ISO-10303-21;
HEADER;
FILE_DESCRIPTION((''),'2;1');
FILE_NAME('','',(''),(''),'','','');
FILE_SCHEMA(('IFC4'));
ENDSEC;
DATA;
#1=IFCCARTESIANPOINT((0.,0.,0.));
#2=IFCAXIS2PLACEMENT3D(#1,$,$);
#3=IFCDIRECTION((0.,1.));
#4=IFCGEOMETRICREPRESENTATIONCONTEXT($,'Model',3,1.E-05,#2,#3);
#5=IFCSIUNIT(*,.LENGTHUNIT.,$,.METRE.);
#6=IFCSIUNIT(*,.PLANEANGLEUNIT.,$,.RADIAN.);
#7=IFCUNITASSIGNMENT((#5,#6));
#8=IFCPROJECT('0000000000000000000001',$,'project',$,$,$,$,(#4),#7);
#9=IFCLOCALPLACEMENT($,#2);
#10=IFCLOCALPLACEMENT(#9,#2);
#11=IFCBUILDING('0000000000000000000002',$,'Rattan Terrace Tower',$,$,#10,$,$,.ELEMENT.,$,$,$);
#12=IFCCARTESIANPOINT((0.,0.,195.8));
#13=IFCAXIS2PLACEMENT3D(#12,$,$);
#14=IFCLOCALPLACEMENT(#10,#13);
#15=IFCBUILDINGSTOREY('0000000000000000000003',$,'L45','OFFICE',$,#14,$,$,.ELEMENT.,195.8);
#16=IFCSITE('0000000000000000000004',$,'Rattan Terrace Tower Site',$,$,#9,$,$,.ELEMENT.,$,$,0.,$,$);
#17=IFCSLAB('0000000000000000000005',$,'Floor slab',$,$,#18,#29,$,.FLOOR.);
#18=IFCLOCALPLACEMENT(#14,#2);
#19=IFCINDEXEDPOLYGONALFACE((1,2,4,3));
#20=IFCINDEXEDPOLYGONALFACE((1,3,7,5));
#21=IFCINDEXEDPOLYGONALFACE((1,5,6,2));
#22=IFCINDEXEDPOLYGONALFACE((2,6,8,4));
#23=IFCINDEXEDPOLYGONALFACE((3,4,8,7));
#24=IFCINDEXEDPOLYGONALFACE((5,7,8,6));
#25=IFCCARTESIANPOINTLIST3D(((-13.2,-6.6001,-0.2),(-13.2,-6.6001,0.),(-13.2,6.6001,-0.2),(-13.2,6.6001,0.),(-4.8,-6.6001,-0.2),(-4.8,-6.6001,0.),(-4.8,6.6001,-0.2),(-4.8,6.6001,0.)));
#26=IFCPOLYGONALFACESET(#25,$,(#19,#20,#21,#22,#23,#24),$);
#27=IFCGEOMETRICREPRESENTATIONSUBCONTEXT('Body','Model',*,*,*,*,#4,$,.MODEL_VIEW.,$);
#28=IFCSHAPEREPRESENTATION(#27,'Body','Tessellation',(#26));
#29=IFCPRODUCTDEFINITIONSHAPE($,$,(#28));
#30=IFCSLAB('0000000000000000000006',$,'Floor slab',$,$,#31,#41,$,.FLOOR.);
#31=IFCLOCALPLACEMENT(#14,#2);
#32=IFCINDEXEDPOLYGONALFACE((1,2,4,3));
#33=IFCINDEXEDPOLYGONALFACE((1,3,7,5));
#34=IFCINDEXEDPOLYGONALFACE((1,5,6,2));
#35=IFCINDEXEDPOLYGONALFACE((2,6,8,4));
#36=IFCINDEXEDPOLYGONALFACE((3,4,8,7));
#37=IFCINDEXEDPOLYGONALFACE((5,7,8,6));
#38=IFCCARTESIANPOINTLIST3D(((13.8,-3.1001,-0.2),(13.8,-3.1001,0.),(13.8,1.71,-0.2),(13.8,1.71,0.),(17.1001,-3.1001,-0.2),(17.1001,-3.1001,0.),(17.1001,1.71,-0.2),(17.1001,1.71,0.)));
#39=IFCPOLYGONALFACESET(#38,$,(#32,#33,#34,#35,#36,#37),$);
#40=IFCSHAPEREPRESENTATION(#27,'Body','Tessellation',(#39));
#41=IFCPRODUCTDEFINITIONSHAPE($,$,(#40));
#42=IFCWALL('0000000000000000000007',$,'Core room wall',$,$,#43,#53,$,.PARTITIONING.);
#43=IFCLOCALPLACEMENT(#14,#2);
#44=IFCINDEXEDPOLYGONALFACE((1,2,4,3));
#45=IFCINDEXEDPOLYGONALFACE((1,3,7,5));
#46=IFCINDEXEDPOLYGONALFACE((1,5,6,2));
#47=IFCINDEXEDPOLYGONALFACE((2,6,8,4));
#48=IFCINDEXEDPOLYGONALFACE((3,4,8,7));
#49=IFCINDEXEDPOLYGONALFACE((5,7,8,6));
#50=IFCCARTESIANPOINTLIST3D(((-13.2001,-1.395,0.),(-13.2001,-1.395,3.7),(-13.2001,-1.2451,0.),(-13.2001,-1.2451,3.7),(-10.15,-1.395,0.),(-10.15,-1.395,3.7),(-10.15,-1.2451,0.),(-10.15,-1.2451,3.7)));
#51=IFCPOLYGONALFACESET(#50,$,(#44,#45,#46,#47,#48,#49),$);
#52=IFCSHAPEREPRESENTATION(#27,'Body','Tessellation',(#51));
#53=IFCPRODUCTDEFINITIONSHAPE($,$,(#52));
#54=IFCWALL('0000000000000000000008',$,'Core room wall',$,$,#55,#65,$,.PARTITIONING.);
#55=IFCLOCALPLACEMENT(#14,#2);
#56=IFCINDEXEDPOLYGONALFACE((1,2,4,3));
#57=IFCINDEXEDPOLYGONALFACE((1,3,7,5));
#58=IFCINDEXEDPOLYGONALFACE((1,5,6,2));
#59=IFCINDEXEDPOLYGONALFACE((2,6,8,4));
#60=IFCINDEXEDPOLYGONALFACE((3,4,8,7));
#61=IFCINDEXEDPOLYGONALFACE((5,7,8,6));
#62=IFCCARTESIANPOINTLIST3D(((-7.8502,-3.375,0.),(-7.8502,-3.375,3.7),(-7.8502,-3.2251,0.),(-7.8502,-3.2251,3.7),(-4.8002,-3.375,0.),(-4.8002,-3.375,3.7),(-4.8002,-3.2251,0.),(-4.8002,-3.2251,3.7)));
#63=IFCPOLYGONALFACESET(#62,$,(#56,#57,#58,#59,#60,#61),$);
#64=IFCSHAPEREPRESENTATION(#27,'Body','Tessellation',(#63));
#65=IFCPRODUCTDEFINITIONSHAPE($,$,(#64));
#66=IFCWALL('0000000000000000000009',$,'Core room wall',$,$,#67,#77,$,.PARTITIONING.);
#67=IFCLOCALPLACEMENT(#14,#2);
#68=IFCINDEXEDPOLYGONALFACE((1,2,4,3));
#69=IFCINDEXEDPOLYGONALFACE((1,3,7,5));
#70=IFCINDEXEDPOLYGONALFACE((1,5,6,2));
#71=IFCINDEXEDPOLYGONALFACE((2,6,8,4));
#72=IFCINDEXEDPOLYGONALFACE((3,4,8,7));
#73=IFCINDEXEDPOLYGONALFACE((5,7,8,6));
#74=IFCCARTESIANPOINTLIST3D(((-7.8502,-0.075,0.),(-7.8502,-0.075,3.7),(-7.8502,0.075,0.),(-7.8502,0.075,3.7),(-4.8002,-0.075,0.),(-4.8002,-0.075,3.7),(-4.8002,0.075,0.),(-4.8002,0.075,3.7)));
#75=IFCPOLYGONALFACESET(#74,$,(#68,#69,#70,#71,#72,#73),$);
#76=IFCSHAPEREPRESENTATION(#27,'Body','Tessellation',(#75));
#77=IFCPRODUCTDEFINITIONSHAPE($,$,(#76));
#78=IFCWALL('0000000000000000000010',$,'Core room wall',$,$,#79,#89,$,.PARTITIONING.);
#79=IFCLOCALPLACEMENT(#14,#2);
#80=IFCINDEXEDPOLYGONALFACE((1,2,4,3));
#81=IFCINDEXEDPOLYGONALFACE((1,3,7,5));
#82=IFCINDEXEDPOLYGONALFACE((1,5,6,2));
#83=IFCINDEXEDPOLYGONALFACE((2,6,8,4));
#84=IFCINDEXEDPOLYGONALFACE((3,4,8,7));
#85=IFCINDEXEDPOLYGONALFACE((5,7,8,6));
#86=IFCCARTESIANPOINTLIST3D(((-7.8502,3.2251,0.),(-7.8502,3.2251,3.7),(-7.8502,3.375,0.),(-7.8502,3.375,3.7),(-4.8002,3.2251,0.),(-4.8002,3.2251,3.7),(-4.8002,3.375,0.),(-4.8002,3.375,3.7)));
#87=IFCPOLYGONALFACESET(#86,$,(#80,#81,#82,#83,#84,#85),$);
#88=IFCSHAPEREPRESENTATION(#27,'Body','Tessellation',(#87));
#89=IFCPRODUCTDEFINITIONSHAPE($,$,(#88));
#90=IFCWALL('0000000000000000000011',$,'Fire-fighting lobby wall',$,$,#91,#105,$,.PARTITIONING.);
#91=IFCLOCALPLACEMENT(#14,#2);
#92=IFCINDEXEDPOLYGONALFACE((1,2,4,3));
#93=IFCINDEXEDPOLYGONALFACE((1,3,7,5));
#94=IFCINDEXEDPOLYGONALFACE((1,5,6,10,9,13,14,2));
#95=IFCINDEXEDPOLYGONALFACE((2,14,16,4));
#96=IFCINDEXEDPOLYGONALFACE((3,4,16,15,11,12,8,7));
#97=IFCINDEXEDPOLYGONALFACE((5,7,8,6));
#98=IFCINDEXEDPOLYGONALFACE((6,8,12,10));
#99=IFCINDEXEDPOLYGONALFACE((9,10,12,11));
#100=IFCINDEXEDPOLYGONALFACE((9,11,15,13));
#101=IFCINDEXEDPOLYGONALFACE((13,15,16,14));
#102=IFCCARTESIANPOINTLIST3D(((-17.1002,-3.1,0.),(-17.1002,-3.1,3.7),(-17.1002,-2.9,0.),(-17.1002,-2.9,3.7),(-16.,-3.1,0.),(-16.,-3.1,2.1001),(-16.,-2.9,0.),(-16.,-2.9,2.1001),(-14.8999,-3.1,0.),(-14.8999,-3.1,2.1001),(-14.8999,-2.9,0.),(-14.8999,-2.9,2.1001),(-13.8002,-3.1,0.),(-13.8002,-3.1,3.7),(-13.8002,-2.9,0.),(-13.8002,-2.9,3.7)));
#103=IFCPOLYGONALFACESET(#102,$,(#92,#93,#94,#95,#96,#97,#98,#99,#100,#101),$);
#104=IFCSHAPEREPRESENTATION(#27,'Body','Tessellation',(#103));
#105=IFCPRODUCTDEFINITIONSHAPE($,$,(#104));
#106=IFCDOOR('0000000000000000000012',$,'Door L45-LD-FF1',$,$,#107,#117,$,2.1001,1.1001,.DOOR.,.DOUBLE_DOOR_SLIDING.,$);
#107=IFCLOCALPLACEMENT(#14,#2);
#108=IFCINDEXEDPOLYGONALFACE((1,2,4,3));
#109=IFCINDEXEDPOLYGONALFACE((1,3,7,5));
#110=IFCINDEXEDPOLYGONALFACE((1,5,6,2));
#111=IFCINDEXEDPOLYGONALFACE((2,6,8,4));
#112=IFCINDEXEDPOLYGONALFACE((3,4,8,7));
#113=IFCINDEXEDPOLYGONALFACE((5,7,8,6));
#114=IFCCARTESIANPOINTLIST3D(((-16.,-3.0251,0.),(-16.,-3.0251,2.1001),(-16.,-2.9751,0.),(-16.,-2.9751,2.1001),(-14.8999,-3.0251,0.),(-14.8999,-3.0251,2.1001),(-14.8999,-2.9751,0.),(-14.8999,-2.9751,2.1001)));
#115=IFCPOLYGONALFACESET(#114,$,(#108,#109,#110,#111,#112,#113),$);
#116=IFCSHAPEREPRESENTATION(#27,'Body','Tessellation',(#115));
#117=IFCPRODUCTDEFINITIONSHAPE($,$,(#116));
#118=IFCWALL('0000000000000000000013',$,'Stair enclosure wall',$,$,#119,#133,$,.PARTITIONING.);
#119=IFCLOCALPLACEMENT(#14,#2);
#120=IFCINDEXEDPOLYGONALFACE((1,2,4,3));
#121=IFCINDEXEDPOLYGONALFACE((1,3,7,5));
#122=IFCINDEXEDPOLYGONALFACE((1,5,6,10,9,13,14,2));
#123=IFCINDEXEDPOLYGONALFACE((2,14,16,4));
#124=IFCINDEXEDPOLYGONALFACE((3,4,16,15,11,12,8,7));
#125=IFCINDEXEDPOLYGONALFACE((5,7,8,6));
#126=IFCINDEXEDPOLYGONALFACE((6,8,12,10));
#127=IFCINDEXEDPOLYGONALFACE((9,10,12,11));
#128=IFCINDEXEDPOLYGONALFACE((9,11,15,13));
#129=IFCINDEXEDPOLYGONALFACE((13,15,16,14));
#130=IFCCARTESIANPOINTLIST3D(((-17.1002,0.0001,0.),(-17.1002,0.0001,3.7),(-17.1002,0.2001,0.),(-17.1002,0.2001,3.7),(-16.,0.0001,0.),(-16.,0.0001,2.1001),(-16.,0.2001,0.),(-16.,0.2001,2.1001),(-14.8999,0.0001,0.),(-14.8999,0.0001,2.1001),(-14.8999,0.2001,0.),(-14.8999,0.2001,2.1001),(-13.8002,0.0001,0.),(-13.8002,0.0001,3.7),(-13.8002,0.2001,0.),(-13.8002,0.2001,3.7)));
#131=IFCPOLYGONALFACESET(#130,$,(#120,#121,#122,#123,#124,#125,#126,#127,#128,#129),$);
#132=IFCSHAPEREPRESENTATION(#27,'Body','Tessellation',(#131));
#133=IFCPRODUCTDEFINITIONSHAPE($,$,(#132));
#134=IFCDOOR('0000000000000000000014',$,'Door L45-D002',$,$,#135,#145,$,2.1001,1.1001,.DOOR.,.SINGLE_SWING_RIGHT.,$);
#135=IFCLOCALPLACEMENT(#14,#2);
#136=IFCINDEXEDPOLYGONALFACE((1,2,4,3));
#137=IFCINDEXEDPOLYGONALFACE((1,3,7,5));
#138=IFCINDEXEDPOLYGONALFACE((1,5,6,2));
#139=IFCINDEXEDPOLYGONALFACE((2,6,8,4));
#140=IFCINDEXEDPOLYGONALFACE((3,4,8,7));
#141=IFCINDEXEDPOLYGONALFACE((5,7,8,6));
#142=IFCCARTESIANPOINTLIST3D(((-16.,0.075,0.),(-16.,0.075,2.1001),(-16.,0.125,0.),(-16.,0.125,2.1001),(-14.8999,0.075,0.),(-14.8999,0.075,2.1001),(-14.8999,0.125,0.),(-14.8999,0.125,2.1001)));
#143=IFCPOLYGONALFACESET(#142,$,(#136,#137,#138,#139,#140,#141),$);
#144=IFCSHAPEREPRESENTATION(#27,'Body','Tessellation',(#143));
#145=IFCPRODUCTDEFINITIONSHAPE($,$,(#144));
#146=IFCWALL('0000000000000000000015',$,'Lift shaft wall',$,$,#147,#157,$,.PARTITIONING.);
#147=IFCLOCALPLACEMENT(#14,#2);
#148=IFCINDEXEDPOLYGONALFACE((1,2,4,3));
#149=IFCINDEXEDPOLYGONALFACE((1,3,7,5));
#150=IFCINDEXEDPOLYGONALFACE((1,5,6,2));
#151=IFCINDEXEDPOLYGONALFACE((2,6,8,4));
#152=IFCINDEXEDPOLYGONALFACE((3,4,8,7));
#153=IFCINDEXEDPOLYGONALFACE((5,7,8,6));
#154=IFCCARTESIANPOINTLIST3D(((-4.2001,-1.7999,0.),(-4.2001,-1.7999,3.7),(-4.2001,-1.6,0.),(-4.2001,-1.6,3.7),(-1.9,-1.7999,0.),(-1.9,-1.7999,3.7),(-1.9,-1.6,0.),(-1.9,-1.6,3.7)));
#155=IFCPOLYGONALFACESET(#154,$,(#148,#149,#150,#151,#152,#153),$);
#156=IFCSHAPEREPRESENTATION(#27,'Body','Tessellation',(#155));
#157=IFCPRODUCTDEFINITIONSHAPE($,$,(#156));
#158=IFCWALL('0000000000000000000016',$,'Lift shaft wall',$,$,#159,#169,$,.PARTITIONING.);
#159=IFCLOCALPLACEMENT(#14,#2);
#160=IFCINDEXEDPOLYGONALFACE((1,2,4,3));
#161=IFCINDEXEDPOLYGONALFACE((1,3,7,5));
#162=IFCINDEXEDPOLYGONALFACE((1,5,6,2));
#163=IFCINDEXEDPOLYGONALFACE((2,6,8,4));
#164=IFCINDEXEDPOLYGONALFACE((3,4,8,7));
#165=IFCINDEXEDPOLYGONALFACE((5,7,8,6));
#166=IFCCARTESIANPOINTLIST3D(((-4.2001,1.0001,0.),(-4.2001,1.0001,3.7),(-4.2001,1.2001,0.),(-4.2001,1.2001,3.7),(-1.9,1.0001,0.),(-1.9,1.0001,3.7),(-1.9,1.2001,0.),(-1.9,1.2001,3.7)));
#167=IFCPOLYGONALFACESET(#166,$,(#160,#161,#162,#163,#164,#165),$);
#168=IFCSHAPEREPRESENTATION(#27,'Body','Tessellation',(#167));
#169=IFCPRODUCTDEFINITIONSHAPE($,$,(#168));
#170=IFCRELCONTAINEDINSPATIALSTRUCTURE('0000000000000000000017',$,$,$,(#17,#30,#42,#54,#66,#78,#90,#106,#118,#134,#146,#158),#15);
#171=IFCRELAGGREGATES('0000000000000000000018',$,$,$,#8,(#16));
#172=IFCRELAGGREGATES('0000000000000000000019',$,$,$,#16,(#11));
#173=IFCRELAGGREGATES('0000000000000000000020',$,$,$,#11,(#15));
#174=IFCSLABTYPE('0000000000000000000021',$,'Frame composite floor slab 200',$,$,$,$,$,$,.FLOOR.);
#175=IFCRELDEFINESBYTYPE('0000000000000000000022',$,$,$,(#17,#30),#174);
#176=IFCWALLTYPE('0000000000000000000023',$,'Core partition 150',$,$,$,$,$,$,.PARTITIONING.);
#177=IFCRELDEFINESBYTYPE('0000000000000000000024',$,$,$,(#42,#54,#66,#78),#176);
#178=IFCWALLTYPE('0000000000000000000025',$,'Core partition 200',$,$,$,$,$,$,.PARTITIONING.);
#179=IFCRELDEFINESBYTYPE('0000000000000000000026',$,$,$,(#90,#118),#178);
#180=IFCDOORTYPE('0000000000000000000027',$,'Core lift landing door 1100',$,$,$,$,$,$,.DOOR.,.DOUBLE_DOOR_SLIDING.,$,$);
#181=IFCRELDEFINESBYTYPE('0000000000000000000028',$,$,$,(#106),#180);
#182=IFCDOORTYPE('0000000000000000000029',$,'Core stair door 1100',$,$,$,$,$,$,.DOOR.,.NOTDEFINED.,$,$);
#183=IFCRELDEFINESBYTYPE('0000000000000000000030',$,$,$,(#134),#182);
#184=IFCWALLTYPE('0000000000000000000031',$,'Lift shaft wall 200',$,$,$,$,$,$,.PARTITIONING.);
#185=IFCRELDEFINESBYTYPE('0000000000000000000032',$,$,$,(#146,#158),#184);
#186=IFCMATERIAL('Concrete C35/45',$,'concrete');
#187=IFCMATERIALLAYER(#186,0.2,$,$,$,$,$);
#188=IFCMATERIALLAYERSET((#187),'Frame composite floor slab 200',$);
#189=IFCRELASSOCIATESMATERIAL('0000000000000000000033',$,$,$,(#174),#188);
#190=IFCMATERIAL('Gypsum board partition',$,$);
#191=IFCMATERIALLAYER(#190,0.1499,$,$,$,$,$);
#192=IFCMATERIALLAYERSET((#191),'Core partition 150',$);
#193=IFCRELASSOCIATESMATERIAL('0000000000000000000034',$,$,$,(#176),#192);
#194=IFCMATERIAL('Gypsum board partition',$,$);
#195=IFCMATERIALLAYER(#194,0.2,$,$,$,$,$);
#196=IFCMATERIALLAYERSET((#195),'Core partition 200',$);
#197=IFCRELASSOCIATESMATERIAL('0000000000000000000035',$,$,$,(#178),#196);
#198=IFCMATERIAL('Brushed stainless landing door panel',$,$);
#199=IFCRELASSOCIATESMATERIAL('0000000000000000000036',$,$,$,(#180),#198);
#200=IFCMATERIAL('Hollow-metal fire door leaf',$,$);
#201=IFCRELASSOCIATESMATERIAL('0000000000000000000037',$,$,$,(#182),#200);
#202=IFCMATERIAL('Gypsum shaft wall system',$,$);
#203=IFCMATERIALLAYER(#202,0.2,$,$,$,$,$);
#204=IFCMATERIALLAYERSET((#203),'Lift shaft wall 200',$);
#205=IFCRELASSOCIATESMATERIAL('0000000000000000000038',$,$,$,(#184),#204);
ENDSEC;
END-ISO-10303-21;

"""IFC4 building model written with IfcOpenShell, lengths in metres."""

from ifc_helpers import new_model, si_unit, direction, frame, frame_2d, origin, place, context, subcontext, project, spatial, polyline, rectangle, outline, extrude, material, layer, layer_set, type_object, element, fill, save


model = new_model("IFC4")

# Units and contexts
model_context = context("Model", 3, precision=1e-05, world=origin(), true_north=direction((0.0, 1.0)))
body_context = subcontext(model_context, "Body", "Model", "MODEL_VIEW")
ifc_project = project(units=[si_unit("LENGTHUNIT", "METRE"), si_unit("PLANEANGLEUNIT", "RADIAN")], contexts=[model_context])

# Site, building, storey
site_placement = place(None, origin())
site = spatial("IfcSite", under=ifc_project, at=site_placement, Name="Rattan Terrace Tower Site", CompositionType="ELEMENT", RefElevation=0.0)
building_placement = place(site_placement, origin())
building = spatial("IfcBuilding", under=site, at=building_placement, Name="Rattan Terrace Tower", CompositionType="ELEMENT")
storey_placement = place(building_placement, frame((0.0, 0.0, 195.8)))
storey = spatial("IfcBuildingStorey", under=building, at=storey_placement, Name="L45", Description="OFFICE", CompositionType="ELEMENT", Elevation=195.8)

# Slabs
ifc_material_1 = material(Name="Concrete C35/45", Category="concrete")
ifc_layer_1 = layer(ifc_material_1, 0.2)
ifc_layer_set_1 = layer_set([ifc_layer_1], Name="Frame composite floor slab 200")
slab_type_1 = type_object("IfcSlabType", Name="Frame composite floor slab 200", PredefinedType="FLOOR", material=ifc_layer_set_1)
slab_1_placement = place(storey_placement, frame((0.0, 0.0, -0.2)))
element("IfcSlab", 1, at=slab_1_placement, inside=storey, type_object=slab_type_1, Name="Floor slab", PredefinedType="FLOOR", context=body_context, shape_type="SweptSolid", body=[
    extrude(outline(polyline([(-4.8, -6.6001), (-4.8, 6.6001), (-13.2, 6.6001), (-13.2, -6.6001), (-4.8, -6.6001)])), origin(), (0.0, 0.0, 1.0), 0.2),
])
slab_2_placement = place(storey_placement, frame((0.0, 0.0, -0.2)))
element("IfcSlab", 2, at=slab_2_placement, inside=storey, type_object=slab_type_1, Name="Floor slab", PredefinedType="FLOOR", context=body_context, shape_type="SweptSolid", body=[
    extrude(outline(polyline([(13.8, -3.1001), (17.1001, -3.1001), (17.1001, 1.71), (13.8, 1.71), (13.8, -3.1001)])), origin(), (0.0, 0.0, 1.0), 0.2),
])

# Walls
ifc_material_2 = material(Name="Gypsum board partition")
ifc_layer_2 = layer(ifc_material_2, 0.1499)
ifc_layer_set_2 = layer_set([ifc_layer_2], Name="Core partition 150")
wall_type_1 = type_object("IfcWallType", Name="Core partition 150", PredefinedType="PARTITIONING", material=ifc_layer_set_2)
for number, where, z_axis, x_axis, name in (
    (3, (-13.2, -1.3201, 0.0), (0.0, 0.0, 1.0), (1.0, 0.0, 0.0), "Core room wall"),
    (4, (-7.8501, -3.3, 0.0), (0.0, 0.0, 1.0), (1.0, 0.0, 0.0), "Core room wall"),
    (5, (-7.8501, 0.0, 0.0), (0.0, 0.0, 1.0), (1.0, 0.0, 0.0), "Core room wall"),
    (6, (-7.8501, 3.3, 0.0), (0.0, 0.0, 1.0), (1.0, 0.0, 0.0), "Core room wall"),
):
    element("IfcWall", number, at=place(storey_placement, frame(where, z_axis=z_axis, x_axis=x_axis)), inside=storey, type_object=wall_type_1, Name=name, PredefinedType="PARTITIONING", context=body_context, shape_type="SweptSolid", body=[
        extrude(rectangle(XDim=3.05, YDim=0.1499, at=frame_2d((1.5249, 0.0))), origin(), (0.0, 0.0, 1.0), 3.7),
    ])

# Walls, openings, doors
ifc_material_3 = material(Name="Gypsum board partition")
ifc_layer_3 = layer(ifc_material_3, 0.2)
ifc_layer_set_3 = layer_set([ifc_layer_3], Name="Core partition 200")
wall_type_2 = type_object("IfcWallType", Name="Core partition 200", PredefinedType="PARTITIONING", material=ifc_layer_set_3)
wall_1_placement = place(storey_placement, frame((-17.1001, -3.0, 0.0), z_axis=(0.0, 0.0, 1.0), x_axis=(1.0, 0.0, 0.0)))
wall_1 = element("IfcWall", 7, at=wall_1_placement, inside=storey, type_object=wall_type_2, Name="Fire-fighting lobby wall", PredefinedType="PARTITIONING", context=body_context, shape_type="SweptSolid", body=[
    extrude(rectangle(XDim=3.3, YDim=0.2, at=frame_2d((1.6499, 0.0))), origin(), (0.0, 0.0, 1.0), 3.7),
])
opening_1_placement = place(wall_1_placement, frame((1.1001, 0.0, 0.0)))
opening_1 = element("IfcOpeningElement", 8, at=opening_1_placement, cuts=wall_1, PredefinedType="OPENING", context=body_context, shape_type="SweptSolid", body=[
    extrude(rectangle(XDim=1.1001, YDim=2.1001, at=frame_2d((0.55, 1.05))), frame((0.0, 0.1106, 0.0), z_axis=(0.0, -1.0, 0.0), x_axis=(1.0, 0.0, 0.0)), (0.0, 0.0, 1.0), 0.2209),
])
ifc_material_4 = material(Name="Brushed stainless landing door panel")
door_type_1 = type_object("IfcDoorType", Name="Core lift landing door 1100", OperationType="DOUBLE_DOOR_SLIDING", PredefinedType="DOOR", material=ifc_material_4)
door_1_placement = place(opening_1_placement, origin())
door_1 = element("IfcDoor", 9, at=door_1_placement, inside=storey, type_object=door_type_1, Name="Door L45-LD-FF1", OperationType="DOUBLE_DOOR_SLIDING", OverallHeight=2.1001, OverallWidth=1.1001, PredefinedType="DOOR", context=body_context, shape_type="SweptSolid", body=[
    extrude(rectangle(XDim=1.1001, YDim=2.1001, at=frame_2d((0.55, 1.05))), frame((0.0, 0.0249, 0.0), z_axis=(0.0, -1.0, 0.0), x_axis=(1.0, 0.0, 0.0)), (0.0, 0.0, 1.0), 0.05),
])
fill(opening_1, door_1)
wall_2_placement = place(storey_placement, frame((-17.1001, 0.1001, 0.0), z_axis=(0.0, 0.0, 1.0), x_axis=(1.0, 0.0, 0.0)))
wall_2 = element("IfcWall", 10, at=wall_2_placement, inside=storey, type_object=wall_type_2, Name="Stair enclosure wall", PredefinedType="PARTITIONING", context=body_context, shape_type="SweptSolid", body=[
    extrude(rectangle(XDim=3.3, YDim=0.2, at=frame_2d((1.6499, 0.0))), origin(), (0.0, 0.0, 1.0), 3.7),
])
opening_2_placement = place(wall_2_placement, frame((1.1001, 0.0, 0.0)))
opening_2 = element("IfcOpeningElement", 11, at=opening_2_placement, cuts=wall_2, PredefinedType="OPENING", context=body_context, shape_type="SweptSolid", body=[
    extrude(rectangle(XDim=1.1001, YDim=2.1001, at=frame_2d((0.55, 1.05))), frame((0.0, 0.1106, 0.0), z_axis=(0.0, -1.0, 0.0), x_axis=(1.0, 0.0, 0.0)), (0.0, 0.0, 1.0), 0.2209),
])
ifc_material_5 = material(Name="Hollow-metal fire door leaf")
door_type_2 = type_object("IfcDoorType", Name="Core stair door 1100", OperationType="NOTDEFINED", PredefinedType="DOOR", material=ifc_material_5)
door_2_placement = place(opening_2_placement, origin())
door_2 = element("IfcDoor", 12, at=door_2_placement, inside=storey, type_object=door_type_2, Name="Door L45-D002", OperationType="SINGLE_SWING_RIGHT", OverallHeight=2.1001, OverallWidth=1.1001, PredefinedType="DOOR", context=body_context, shape_type="SweptSolid", body=[
    extrude(rectangle(XDim=1.1001, YDim=2.1001, at=frame_2d((0.55, 1.05))), frame((0.0, 0.0249, 0.0), z_axis=(0.0, -1.0, 0.0), x_axis=(1.0, 0.0, 0.0)), (0.0, 0.0, 1.0), 0.05),
])
fill(opening_2, door_2)

# Walls
ifc_material_6 = material(Name="Gypsum shaft wall system")
ifc_layer_4 = layer(ifc_material_6, 0.2)
ifc_layer_set_4 = layer_set([ifc_layer_4], Name="Lift shaft wall 200")
wall_type_3 = type_object("IfcWallType", Name="Lift shaft wall 200", PredefinedType="PARTITIONING", material=ifc_layer_set_4)
for number, where, z_axis, x_axis, name in (
    (13, (-4.2, -1.7, 0.0), (0.0, 0.0, 1.0), (1.0, 0.0, 0.0), "Lift shaft wall"),
    (14, (-4.2, 1.1001, 0.0), (0.0, 0.0, 1.0), (1.0, 0.0, 0.0), "Lift shaft wall"),
):
    element("IfcWall", number, at=place(storey_placement, frame(where, z_axis=z_axis, x_axis=x_axis)), inside=storey, type_object=wall_type_3, Name=name, PredefinedType="PARTITIONING", context=body_context, shape_type="SweptSolid", body=[
        extrude(rectangle(XDim=2.3, YDim=0.2, at=frame_2d((1.1499, 0.0))), origin(), (0.0, 0.0, 1.0), 3.7),
    ])

save(model, "model.ifc")
